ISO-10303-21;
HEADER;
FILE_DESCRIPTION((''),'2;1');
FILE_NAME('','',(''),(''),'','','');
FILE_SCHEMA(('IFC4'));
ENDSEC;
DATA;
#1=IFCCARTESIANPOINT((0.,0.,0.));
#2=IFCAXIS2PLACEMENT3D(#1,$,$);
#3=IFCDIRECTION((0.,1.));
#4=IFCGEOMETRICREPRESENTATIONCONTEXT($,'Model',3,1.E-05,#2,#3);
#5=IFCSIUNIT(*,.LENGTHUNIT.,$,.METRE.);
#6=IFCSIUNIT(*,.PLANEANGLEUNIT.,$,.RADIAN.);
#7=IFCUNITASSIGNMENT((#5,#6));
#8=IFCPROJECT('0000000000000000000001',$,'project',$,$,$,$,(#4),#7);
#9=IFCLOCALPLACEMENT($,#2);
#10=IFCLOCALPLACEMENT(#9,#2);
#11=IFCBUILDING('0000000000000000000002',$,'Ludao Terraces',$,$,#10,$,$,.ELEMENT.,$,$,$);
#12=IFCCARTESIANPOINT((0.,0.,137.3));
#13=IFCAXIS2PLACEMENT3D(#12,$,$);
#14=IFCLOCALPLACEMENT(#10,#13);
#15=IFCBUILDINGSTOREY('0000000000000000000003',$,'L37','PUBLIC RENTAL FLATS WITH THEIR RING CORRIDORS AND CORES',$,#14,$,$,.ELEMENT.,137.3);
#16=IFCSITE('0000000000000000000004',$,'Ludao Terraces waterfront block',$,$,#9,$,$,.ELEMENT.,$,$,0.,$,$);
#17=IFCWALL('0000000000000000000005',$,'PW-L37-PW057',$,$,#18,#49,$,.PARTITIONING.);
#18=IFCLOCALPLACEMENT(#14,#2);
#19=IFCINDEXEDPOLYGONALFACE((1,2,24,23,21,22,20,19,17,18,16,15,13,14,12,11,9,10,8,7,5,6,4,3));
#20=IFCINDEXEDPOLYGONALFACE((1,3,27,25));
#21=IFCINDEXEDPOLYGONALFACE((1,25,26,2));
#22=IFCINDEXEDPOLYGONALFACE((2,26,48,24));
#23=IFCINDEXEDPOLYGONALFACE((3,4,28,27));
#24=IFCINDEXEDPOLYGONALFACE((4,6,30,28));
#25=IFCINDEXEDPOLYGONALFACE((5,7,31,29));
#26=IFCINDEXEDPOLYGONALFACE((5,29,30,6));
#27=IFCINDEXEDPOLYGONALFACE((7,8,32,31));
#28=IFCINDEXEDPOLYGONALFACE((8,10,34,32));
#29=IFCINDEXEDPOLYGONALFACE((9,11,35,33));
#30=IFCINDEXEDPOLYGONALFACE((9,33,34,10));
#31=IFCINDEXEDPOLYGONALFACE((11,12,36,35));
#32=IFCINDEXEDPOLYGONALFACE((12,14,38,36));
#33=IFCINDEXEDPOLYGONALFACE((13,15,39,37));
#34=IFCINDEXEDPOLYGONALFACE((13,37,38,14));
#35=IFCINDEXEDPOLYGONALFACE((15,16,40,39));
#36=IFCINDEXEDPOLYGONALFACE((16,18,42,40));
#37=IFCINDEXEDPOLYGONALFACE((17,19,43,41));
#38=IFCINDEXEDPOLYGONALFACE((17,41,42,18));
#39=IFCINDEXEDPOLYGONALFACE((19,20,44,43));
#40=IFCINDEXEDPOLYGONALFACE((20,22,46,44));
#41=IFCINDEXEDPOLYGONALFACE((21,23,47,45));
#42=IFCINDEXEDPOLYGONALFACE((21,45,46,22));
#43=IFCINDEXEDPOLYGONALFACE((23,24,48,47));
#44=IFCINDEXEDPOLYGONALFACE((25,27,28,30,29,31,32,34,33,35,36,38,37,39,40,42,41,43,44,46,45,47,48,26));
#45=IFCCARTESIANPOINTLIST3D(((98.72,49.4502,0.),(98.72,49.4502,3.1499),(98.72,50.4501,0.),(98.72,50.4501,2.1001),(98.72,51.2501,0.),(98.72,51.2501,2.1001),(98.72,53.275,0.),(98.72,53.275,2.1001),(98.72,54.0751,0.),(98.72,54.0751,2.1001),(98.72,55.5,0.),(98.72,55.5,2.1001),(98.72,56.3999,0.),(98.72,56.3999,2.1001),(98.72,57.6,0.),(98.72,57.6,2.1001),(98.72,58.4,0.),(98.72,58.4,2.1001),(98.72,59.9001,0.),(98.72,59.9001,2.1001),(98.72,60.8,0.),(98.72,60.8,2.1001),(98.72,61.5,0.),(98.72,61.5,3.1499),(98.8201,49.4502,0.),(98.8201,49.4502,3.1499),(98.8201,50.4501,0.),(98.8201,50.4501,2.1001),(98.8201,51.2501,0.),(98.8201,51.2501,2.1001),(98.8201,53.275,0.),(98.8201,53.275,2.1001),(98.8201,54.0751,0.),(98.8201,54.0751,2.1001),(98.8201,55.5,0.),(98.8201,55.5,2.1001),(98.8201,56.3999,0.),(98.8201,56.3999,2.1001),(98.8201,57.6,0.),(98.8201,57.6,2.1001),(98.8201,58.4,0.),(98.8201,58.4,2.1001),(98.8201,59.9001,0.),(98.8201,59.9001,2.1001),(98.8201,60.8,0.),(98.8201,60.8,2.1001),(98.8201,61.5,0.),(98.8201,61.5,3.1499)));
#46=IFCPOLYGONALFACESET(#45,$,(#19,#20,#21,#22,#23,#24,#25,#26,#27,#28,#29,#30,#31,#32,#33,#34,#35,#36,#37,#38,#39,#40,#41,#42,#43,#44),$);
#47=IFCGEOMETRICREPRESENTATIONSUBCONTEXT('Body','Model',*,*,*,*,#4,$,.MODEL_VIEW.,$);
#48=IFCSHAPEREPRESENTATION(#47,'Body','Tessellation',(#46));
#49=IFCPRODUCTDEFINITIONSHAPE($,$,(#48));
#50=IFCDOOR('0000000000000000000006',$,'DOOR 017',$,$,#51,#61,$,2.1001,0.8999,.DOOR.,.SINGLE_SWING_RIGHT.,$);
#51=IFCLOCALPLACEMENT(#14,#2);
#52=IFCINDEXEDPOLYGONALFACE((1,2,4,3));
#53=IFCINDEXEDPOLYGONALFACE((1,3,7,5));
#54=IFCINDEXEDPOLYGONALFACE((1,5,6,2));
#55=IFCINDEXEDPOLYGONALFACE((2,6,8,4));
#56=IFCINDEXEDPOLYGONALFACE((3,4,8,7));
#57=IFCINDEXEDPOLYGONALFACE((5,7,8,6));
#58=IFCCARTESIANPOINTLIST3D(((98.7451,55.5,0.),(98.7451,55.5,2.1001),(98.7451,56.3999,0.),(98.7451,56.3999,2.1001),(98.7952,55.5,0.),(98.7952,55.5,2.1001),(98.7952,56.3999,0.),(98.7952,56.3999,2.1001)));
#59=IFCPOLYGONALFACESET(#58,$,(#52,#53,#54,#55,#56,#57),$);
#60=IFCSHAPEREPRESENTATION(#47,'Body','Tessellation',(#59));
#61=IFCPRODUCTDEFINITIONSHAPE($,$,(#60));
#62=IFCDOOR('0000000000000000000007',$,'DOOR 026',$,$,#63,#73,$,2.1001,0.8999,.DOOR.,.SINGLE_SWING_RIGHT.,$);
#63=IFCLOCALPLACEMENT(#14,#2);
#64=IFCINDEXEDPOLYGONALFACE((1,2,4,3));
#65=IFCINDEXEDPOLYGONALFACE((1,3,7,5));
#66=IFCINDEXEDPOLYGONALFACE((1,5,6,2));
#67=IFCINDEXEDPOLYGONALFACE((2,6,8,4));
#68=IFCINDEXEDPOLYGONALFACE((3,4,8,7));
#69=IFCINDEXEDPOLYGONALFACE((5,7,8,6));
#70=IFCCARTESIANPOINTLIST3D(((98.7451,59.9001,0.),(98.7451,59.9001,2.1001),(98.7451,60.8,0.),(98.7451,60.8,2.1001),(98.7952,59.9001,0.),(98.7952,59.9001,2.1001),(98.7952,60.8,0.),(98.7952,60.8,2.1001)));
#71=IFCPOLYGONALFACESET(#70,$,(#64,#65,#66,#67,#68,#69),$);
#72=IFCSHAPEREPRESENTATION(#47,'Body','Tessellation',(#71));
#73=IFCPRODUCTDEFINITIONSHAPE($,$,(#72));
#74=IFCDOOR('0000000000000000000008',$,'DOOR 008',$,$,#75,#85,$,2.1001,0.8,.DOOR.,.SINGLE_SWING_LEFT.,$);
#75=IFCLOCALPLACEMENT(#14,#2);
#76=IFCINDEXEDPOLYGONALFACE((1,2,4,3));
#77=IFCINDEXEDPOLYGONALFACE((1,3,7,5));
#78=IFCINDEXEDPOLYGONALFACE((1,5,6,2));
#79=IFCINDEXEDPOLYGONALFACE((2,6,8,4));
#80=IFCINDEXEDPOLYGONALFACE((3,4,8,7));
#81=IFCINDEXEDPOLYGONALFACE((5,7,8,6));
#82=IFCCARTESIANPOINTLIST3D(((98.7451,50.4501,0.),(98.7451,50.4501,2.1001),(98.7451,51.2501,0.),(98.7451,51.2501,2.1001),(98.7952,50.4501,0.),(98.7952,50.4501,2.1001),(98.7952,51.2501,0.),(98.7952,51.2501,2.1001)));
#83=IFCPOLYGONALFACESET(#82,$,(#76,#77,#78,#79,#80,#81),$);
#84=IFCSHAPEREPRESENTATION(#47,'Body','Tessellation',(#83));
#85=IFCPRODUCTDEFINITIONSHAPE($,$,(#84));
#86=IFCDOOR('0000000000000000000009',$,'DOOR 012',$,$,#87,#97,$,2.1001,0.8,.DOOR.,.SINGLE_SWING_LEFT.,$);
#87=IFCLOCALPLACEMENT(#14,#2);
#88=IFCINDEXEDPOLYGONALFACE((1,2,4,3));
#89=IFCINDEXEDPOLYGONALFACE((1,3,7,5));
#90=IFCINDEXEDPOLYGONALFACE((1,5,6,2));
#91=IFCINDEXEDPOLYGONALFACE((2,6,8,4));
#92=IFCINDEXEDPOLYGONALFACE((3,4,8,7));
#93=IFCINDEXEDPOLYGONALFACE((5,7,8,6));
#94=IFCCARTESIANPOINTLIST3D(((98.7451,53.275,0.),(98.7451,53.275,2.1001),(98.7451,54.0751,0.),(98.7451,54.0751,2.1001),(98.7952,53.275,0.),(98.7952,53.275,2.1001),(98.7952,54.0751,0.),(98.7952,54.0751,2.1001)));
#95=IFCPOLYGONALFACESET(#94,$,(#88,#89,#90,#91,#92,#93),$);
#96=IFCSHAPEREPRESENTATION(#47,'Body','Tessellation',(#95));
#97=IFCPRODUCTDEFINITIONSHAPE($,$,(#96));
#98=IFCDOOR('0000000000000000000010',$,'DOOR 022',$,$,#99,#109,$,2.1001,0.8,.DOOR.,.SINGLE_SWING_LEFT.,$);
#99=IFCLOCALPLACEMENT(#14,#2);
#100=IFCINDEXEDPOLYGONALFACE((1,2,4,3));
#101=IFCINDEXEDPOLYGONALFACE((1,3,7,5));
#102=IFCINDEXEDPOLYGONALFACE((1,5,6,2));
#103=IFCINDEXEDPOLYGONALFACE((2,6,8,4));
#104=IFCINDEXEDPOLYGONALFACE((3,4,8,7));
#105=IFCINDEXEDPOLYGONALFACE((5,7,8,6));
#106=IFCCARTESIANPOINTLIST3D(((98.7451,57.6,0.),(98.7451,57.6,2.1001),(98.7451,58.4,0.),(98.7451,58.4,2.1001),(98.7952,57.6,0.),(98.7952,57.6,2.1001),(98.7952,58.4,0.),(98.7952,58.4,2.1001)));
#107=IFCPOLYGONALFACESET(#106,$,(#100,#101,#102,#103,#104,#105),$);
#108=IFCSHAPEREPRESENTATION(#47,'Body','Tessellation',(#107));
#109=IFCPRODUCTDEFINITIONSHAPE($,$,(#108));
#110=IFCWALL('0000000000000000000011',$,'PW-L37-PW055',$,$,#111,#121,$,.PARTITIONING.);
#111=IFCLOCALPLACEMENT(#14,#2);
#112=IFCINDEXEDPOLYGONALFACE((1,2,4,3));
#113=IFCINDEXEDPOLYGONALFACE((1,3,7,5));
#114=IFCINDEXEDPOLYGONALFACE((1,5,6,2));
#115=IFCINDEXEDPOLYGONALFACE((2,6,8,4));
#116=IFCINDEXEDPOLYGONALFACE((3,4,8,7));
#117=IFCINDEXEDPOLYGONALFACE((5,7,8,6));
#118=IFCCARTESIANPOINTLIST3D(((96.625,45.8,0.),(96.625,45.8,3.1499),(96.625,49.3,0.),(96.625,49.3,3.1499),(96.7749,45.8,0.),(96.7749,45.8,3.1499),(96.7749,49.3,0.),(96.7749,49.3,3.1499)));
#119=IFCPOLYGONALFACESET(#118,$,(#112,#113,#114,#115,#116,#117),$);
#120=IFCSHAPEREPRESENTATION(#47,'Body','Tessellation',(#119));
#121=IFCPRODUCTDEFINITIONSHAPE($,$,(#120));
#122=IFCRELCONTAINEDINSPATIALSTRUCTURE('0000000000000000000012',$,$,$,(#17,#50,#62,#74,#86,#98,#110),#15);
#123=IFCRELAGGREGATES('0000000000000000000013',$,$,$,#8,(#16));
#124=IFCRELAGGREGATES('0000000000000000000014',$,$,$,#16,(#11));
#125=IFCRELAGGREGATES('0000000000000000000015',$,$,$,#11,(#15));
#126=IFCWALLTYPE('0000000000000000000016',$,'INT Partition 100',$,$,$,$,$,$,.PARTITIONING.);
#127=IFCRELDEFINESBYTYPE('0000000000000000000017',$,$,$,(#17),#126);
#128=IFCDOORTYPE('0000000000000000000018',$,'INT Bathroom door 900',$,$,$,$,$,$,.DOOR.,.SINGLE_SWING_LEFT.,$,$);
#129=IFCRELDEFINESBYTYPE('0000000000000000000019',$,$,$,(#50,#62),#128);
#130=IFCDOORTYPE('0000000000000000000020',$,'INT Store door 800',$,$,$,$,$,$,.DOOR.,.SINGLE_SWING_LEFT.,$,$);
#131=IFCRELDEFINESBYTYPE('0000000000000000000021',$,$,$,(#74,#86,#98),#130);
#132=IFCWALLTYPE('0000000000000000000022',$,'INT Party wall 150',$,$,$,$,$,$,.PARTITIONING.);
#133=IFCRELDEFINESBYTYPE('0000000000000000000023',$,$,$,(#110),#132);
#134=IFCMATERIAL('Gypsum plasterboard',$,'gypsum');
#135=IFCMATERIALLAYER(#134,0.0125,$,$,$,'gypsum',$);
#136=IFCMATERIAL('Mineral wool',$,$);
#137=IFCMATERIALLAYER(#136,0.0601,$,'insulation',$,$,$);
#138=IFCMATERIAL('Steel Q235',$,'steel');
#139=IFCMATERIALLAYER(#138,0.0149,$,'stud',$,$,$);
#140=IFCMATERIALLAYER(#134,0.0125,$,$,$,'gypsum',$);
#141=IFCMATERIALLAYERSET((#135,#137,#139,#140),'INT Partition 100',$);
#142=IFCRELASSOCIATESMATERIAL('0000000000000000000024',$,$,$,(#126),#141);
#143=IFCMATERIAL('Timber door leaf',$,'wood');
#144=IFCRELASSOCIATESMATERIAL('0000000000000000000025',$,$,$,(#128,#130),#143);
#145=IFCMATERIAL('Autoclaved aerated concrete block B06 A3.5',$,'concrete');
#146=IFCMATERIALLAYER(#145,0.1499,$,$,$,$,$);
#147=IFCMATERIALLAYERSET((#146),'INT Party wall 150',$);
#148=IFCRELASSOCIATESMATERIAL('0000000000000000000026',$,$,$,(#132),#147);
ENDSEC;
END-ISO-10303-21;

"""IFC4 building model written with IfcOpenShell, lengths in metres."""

from ifc_helpers import new_model, si_unit, direction, frame, frame_2d, origin, place, context, subcontext, project, spatial, rectangle, extrude, material, layer, layer_set, type_object, element, fill, save


model = new_model("IFC4")

# Units and contexts
model_context = context("Model", 3, precision=1e-05, world=origin(), true_north=direction((0.0, 1.0)))
body_context = subcontext(model_context, "Body", "Model", "MODEL_VIEW")
ifc_project = project(units=[si_unit("LENGTHUNIT", "METRE"), si_unit("PLANEANGLEUNIT", "RADIAN")], contexts=[model_context])

# Site, building, storey
site_placement = place(None, origin())
site = spatial("IfcSite", under=ifc_project, at=site_placement, Name="Ludao Terraces waterfront block", CompositionType="ELEMENT", RefElevation=0.0)
building_placement = place(site_placement, origin())
building = spatial("IfcBuilding", under=site, at=building_placement, Name="Ludao Terraces", CompositionType="ELEMENT")
storey_placement = place(building_placement, frame((0.0, 0.0, 137.3)))
storey = spatial("IfcBuildingStorey", under=building, at=storey_placement, Name="L37", Description="PUBLIC RENTAL FLATS WITH THEIR RING CORRIDORS AND CORES", CompositionType="ELEMENT", Elevation=137.3)

# Shared definitions
ifc_material_1 = material(Name="Autoclaved aerated concrete block B06 A3.5", Category="concrete")
ifc_material_2 = material(Name="Steel Q235", Category="steel")

# Shared definitions
ifc_material_3 = material(Name="Gypsum plasterboard", Category="gypsum")
ifc_layer_1 = layer(ifc_material_3, 0.0125, Category="gypsum")
ifc_material_4 = material(Name="Mineral wool")
ifc_layer_2 = layer(ifc_material_4, 0.0601, Name="insulation")
ifc_layer_3 = layer(ifc_material_2, 0.0149, Name="stud")
ifc_layer_4 = layer(ifc_material_3, 0.0125, Category="gypsum")
ifc_layer_set_1 = layer_set([ifc_layer_1, ifc_layer_2, ifc_layer_3, ifc_layer_4], Name="INT Partition 100")
wall_type_1 = type_object("IfcWallType", Name="INT Partition 100", PredefinedType="PARTITIONING", material=ifc_layer_set_1)

# Wall, openings, doors
wall_1_placement = place(storey_placement, frame((98.77, 49.4502, 0.0), z_axis=(0.0, 0.0, 1.0), x_axis=(0.0, 1.0, 0.0)))
wall_1 = element("IfcWall", 1, at=wall_1_placement, inside=storey, type_object=wall_type_1, Name="PW-L37-PW057", PredefinedType="PARTITIONING", context=body_context, shape_type="SweptSolid", body=[
    extrude(rectangle(XDim=12.0498, YDim=0.1001, at=frame_2d((6.0249, 0.0))), origin(), (0.0, 0.0, 1.0), 3.1499),
])
opening_1_placement = place(wall_1_placement, frame((1.0, 0.0, 0.0)))
opening_1 = element("IfcOpeningElement", 2, at=opening_1_placement, cuts=wall_1, PredefinedType="OPENING", context=body_context, shape_type="SweptSolid", body=[
    extrude(rectangle(XDim=0.8, YDim=2.1001, at=frame_2d((0.3999, 1.05))), frame((0.0, 0.0601, 0.0), z_axis=(0.0, -1.0, 0.0), x_axis=(1.0, 0.0, 0.0)), (0.0, 0.0, 1.0), 0.1201),
])
opening_2_placement = place(wall_1_placement, frame((3.825, 0.0, 0.0)))
opening_2 = element("IfcOpeningElement", 3, at=opening_2_placement, cuts=wall_1, PredefinedType="OPENING", context=body_context, shape_type="SweptSolid", body=[
    extrude(rectangle(XDim=0.8, YDim=2.1001, at=frame_2d((0.3999, 1.05))), frame((0.0, 0.0601, 0.0), z_axis=(0.0, -1.0, 0.0), x_axis=(1.0, 0.0, 0.0)), (0.0, 0.0, 1.0), 0.1201),
])
opening_3_placement = place(wall_1_placement, frame((6.0498, 0.0, 0.0)))
opening_3 = element("IfcOpeningElement", 4, at=opening_3_placement, cuts=wall_1, PredefinedType="OPENING", context=body_context, shape_type="SweptSolid", body=[
    extrude(rectangle(XDim=0.8999, YDim=2.1001, at=frame_2d((0.45, 1.05))), frame((0.0, 0.0601, 0.0), z_axis=(0.0, -1.0, 0.0), x_axis=(1.0, 0.0, 0.0)), (0.0, 0.0, 1.0), 0.1201),
])
opening_4_placement = place(wall_1_placement, frame((8.1499, 0.0, 0.0)))
opening_4 = element("IfcOpeningElement", 5, at=opening_4_placement, cuts=wall_1, PredefinedType="OPENING", context=body_context, shape_type="SweptSolid", body=[
    extrude(rectangle(XDim=0.8, YDim=2.1001, at=frame_2d((0.3999, 1.05))), frame((0.0, 0.0601, 0.0), z_axis=(0.0, -1.0, 0.0), x_axis=(1.0, 0.0, 0.0)), (0.0, 0.0, 1.0), 0.1201),
])
opening_5_placement = place(wall_1_placement, frame((10.45, 0.0, 0.0)))
opening_5 = element("IfcOpeningElement", 6, at=opening_5_placement, cuts=wall_1, PredefinedType="OPENING", context=body_context, shape_type="SweptSolid", body=[
    extrude(rectangle(XDim=0.8999, YDim=2.1001, at=frame_2d((0.45, 1.05))), frame((0.0, 0.0601, 0.0), z_axis=(0.0, -1.0, 0.0), x_axis=(1.0, 0.0, 0.0)), (0.0, 0.0, 1.0), 0.1201),
])
ifc_material_5 = material(Name="Timber door leaf", Category="wood")
door_type_1 = type_object("IfcDoorType", Name="INT Bathroom door 900", OperationType="SINGLE_SWING_LEFT", PredefinedType="DOOR", material=ifc_material_5)
door_1_placement = place(opening_3_placement, origin())
door_1 = element("IfcDoor", 7, at=door_1_placement, inside=storey, type_object=door_type_1, Name="DOOR 017", OperationType="SINGLE_SWING_RIGHT", OverallHeight=2.1001, OverallWidth=0.8999, PredefinedType="DOOR", context=body_context, shape_type="SweptSolid", body=[
    extrude(rectangle(XDim=0.8999, YDim=2.1001, at=frame_2d((0.45, 1.05))), frame((0.0, 0.0249, 0.0), z_axis=(0.0, -1.0, 0.0), x_axis=(1.0, 0.0, 0.0)), (0.0, 0.0, 1.0), 0.05),
])
fill(opening_3, door_1)
door_2_placement = place(opening_5_placement, origin())
door_2 = element("IfcDoor", 8, at=door_2_placement, inside=storey, type_object=door_type_1, Name="DOOR 026", OperationType="SINGLE_SWING_RIGHT", OverallHeight=2.1001, OverallWidth=0.8999, PredefinedType="DOOR", context=body_context, shape_type="SweptSolid", body=[
    extrude(rectangle(XDim=0.8999, YDim=2.1001, at=frame_2d((0.45, 1.05))), frame((0.0, 0.0249, 0.0), z_axis=(0.0, -1.0, 0.0), x_axis=(1.0, 0.0, 0.0)), (0.0, 0.0, 1.0), 0.05),
])
fill(opening_5, door_2)
door_type_2 = type_object("IfcDoorType", Name="INT Store door 800", OperationType="SINGLE_SWING_LEFT", PredefinedType="DOOR", material=ifc_material_5)
door_3_placement = place(opening_1_placement, origin())
door_3 = element("IfcDoor", 9, at=door_3_placement, inside=storey, type_object=door_type_2, Name="DOOR 008", OperationType="SINGLE_SWING_LEFT", OverallHeight=2.1001, OverallWidth=0.8, PredefinedType="DOOR", context=body_context, shape_type="SweptSolid", body=[
    extrude(rectangle(XDim=0.8, YDim=2.1001, at=frame_2d((0.3999, 1.05))), frame((0.0, 0.0249, 0.0), z_axis=(0.0, -1.0, 0.0), x_axis=(1.0, 0.0, 0.0)), (0.0, 0.0, 1.0), 0.05),
])
fill(opening_1, door_3)
door_4_placement = place(opening_2_placement, origin())
door_4 = element("IfcDoor", 10, at=door_4_placement, inside=storey, type_object=door_type_2, Name="DOOR 012", OperationType="SINGLE_SWING_LEFT", OverallHeight=2.1001, OverallWidth=0.8, PredefinedType="DOOR", context=body_context, shape_type="SweptSolid", body=[
    extrude(rectangle(XDim=0.8, YDim=2.1001, at=frame_2d((0.3999, 1.05))), frame((0.0, 0.0249, 0.0), z_axis=(0.0, -1.0, 0.0), x_axis=(1.0, 0.0, 0.0)), (0.0, 0.0, 1.0), 0.05),
])
fill(opening_2, door_4)
door_5_placement = place(opening_4_placement, origin())
door_5 = element("IfcDoor", 11, at=door_5_placement, inside=storey, type_object=door_type_2, Name="DOOR 022", OperationType="SINGLE_SWING_LEFT", OverallHeight=2.1001, OverallWidth=0.8, PredefinedType="DOOR", context=body_context, shape_type="SweptSolid", body=[
    extrude(rectangle(XDim=0.8, YDim=2.1001, at=frame_2d((0.3999, 1.05))), frame((0.0, 0.0249, 0.0), z_axis=(0.0, -1.0, 0.0), x_axis=(1.0, 0.0, 0.0)), (0.0, 0.0, 1.0), 0.05),
])
fill(opening_4, door_5)

# Wall
ifc_layer_5 = layer(ifc_material_1, 0.1499)
ifc_layer_set_2 = layer_set([ifc_layer_5], Name="INT Party wall 150")
wall_type_2 = type_object("IfcWallType", Name="INT Party wall 150", PredefinedType="PARTITIONING", material=ifc_layer_set_2)
wall_2_placement = place(storey_placement, frame((96.7, 45.8, 0.0), z_axis=(0.0, 0.0, 1.0), x_axis=(0.0, 1.0, 0.0)))
element("IfcWall", 12, at=wall_2_placement, inside=storey, type_object=wall_type_2, Name="PW-L37-PW055", PredefinedType="PARTITIONING", context=body_context, shape_type="SweptSolid", body=[
    extrude(rectangle(XDim=3.5, YDim=0.1499, at=frame_2d((1.75, 0.0))), origin(), (0.0, 0.0, 1.0), 3.1499),
])

save(model, "model.ifc")
